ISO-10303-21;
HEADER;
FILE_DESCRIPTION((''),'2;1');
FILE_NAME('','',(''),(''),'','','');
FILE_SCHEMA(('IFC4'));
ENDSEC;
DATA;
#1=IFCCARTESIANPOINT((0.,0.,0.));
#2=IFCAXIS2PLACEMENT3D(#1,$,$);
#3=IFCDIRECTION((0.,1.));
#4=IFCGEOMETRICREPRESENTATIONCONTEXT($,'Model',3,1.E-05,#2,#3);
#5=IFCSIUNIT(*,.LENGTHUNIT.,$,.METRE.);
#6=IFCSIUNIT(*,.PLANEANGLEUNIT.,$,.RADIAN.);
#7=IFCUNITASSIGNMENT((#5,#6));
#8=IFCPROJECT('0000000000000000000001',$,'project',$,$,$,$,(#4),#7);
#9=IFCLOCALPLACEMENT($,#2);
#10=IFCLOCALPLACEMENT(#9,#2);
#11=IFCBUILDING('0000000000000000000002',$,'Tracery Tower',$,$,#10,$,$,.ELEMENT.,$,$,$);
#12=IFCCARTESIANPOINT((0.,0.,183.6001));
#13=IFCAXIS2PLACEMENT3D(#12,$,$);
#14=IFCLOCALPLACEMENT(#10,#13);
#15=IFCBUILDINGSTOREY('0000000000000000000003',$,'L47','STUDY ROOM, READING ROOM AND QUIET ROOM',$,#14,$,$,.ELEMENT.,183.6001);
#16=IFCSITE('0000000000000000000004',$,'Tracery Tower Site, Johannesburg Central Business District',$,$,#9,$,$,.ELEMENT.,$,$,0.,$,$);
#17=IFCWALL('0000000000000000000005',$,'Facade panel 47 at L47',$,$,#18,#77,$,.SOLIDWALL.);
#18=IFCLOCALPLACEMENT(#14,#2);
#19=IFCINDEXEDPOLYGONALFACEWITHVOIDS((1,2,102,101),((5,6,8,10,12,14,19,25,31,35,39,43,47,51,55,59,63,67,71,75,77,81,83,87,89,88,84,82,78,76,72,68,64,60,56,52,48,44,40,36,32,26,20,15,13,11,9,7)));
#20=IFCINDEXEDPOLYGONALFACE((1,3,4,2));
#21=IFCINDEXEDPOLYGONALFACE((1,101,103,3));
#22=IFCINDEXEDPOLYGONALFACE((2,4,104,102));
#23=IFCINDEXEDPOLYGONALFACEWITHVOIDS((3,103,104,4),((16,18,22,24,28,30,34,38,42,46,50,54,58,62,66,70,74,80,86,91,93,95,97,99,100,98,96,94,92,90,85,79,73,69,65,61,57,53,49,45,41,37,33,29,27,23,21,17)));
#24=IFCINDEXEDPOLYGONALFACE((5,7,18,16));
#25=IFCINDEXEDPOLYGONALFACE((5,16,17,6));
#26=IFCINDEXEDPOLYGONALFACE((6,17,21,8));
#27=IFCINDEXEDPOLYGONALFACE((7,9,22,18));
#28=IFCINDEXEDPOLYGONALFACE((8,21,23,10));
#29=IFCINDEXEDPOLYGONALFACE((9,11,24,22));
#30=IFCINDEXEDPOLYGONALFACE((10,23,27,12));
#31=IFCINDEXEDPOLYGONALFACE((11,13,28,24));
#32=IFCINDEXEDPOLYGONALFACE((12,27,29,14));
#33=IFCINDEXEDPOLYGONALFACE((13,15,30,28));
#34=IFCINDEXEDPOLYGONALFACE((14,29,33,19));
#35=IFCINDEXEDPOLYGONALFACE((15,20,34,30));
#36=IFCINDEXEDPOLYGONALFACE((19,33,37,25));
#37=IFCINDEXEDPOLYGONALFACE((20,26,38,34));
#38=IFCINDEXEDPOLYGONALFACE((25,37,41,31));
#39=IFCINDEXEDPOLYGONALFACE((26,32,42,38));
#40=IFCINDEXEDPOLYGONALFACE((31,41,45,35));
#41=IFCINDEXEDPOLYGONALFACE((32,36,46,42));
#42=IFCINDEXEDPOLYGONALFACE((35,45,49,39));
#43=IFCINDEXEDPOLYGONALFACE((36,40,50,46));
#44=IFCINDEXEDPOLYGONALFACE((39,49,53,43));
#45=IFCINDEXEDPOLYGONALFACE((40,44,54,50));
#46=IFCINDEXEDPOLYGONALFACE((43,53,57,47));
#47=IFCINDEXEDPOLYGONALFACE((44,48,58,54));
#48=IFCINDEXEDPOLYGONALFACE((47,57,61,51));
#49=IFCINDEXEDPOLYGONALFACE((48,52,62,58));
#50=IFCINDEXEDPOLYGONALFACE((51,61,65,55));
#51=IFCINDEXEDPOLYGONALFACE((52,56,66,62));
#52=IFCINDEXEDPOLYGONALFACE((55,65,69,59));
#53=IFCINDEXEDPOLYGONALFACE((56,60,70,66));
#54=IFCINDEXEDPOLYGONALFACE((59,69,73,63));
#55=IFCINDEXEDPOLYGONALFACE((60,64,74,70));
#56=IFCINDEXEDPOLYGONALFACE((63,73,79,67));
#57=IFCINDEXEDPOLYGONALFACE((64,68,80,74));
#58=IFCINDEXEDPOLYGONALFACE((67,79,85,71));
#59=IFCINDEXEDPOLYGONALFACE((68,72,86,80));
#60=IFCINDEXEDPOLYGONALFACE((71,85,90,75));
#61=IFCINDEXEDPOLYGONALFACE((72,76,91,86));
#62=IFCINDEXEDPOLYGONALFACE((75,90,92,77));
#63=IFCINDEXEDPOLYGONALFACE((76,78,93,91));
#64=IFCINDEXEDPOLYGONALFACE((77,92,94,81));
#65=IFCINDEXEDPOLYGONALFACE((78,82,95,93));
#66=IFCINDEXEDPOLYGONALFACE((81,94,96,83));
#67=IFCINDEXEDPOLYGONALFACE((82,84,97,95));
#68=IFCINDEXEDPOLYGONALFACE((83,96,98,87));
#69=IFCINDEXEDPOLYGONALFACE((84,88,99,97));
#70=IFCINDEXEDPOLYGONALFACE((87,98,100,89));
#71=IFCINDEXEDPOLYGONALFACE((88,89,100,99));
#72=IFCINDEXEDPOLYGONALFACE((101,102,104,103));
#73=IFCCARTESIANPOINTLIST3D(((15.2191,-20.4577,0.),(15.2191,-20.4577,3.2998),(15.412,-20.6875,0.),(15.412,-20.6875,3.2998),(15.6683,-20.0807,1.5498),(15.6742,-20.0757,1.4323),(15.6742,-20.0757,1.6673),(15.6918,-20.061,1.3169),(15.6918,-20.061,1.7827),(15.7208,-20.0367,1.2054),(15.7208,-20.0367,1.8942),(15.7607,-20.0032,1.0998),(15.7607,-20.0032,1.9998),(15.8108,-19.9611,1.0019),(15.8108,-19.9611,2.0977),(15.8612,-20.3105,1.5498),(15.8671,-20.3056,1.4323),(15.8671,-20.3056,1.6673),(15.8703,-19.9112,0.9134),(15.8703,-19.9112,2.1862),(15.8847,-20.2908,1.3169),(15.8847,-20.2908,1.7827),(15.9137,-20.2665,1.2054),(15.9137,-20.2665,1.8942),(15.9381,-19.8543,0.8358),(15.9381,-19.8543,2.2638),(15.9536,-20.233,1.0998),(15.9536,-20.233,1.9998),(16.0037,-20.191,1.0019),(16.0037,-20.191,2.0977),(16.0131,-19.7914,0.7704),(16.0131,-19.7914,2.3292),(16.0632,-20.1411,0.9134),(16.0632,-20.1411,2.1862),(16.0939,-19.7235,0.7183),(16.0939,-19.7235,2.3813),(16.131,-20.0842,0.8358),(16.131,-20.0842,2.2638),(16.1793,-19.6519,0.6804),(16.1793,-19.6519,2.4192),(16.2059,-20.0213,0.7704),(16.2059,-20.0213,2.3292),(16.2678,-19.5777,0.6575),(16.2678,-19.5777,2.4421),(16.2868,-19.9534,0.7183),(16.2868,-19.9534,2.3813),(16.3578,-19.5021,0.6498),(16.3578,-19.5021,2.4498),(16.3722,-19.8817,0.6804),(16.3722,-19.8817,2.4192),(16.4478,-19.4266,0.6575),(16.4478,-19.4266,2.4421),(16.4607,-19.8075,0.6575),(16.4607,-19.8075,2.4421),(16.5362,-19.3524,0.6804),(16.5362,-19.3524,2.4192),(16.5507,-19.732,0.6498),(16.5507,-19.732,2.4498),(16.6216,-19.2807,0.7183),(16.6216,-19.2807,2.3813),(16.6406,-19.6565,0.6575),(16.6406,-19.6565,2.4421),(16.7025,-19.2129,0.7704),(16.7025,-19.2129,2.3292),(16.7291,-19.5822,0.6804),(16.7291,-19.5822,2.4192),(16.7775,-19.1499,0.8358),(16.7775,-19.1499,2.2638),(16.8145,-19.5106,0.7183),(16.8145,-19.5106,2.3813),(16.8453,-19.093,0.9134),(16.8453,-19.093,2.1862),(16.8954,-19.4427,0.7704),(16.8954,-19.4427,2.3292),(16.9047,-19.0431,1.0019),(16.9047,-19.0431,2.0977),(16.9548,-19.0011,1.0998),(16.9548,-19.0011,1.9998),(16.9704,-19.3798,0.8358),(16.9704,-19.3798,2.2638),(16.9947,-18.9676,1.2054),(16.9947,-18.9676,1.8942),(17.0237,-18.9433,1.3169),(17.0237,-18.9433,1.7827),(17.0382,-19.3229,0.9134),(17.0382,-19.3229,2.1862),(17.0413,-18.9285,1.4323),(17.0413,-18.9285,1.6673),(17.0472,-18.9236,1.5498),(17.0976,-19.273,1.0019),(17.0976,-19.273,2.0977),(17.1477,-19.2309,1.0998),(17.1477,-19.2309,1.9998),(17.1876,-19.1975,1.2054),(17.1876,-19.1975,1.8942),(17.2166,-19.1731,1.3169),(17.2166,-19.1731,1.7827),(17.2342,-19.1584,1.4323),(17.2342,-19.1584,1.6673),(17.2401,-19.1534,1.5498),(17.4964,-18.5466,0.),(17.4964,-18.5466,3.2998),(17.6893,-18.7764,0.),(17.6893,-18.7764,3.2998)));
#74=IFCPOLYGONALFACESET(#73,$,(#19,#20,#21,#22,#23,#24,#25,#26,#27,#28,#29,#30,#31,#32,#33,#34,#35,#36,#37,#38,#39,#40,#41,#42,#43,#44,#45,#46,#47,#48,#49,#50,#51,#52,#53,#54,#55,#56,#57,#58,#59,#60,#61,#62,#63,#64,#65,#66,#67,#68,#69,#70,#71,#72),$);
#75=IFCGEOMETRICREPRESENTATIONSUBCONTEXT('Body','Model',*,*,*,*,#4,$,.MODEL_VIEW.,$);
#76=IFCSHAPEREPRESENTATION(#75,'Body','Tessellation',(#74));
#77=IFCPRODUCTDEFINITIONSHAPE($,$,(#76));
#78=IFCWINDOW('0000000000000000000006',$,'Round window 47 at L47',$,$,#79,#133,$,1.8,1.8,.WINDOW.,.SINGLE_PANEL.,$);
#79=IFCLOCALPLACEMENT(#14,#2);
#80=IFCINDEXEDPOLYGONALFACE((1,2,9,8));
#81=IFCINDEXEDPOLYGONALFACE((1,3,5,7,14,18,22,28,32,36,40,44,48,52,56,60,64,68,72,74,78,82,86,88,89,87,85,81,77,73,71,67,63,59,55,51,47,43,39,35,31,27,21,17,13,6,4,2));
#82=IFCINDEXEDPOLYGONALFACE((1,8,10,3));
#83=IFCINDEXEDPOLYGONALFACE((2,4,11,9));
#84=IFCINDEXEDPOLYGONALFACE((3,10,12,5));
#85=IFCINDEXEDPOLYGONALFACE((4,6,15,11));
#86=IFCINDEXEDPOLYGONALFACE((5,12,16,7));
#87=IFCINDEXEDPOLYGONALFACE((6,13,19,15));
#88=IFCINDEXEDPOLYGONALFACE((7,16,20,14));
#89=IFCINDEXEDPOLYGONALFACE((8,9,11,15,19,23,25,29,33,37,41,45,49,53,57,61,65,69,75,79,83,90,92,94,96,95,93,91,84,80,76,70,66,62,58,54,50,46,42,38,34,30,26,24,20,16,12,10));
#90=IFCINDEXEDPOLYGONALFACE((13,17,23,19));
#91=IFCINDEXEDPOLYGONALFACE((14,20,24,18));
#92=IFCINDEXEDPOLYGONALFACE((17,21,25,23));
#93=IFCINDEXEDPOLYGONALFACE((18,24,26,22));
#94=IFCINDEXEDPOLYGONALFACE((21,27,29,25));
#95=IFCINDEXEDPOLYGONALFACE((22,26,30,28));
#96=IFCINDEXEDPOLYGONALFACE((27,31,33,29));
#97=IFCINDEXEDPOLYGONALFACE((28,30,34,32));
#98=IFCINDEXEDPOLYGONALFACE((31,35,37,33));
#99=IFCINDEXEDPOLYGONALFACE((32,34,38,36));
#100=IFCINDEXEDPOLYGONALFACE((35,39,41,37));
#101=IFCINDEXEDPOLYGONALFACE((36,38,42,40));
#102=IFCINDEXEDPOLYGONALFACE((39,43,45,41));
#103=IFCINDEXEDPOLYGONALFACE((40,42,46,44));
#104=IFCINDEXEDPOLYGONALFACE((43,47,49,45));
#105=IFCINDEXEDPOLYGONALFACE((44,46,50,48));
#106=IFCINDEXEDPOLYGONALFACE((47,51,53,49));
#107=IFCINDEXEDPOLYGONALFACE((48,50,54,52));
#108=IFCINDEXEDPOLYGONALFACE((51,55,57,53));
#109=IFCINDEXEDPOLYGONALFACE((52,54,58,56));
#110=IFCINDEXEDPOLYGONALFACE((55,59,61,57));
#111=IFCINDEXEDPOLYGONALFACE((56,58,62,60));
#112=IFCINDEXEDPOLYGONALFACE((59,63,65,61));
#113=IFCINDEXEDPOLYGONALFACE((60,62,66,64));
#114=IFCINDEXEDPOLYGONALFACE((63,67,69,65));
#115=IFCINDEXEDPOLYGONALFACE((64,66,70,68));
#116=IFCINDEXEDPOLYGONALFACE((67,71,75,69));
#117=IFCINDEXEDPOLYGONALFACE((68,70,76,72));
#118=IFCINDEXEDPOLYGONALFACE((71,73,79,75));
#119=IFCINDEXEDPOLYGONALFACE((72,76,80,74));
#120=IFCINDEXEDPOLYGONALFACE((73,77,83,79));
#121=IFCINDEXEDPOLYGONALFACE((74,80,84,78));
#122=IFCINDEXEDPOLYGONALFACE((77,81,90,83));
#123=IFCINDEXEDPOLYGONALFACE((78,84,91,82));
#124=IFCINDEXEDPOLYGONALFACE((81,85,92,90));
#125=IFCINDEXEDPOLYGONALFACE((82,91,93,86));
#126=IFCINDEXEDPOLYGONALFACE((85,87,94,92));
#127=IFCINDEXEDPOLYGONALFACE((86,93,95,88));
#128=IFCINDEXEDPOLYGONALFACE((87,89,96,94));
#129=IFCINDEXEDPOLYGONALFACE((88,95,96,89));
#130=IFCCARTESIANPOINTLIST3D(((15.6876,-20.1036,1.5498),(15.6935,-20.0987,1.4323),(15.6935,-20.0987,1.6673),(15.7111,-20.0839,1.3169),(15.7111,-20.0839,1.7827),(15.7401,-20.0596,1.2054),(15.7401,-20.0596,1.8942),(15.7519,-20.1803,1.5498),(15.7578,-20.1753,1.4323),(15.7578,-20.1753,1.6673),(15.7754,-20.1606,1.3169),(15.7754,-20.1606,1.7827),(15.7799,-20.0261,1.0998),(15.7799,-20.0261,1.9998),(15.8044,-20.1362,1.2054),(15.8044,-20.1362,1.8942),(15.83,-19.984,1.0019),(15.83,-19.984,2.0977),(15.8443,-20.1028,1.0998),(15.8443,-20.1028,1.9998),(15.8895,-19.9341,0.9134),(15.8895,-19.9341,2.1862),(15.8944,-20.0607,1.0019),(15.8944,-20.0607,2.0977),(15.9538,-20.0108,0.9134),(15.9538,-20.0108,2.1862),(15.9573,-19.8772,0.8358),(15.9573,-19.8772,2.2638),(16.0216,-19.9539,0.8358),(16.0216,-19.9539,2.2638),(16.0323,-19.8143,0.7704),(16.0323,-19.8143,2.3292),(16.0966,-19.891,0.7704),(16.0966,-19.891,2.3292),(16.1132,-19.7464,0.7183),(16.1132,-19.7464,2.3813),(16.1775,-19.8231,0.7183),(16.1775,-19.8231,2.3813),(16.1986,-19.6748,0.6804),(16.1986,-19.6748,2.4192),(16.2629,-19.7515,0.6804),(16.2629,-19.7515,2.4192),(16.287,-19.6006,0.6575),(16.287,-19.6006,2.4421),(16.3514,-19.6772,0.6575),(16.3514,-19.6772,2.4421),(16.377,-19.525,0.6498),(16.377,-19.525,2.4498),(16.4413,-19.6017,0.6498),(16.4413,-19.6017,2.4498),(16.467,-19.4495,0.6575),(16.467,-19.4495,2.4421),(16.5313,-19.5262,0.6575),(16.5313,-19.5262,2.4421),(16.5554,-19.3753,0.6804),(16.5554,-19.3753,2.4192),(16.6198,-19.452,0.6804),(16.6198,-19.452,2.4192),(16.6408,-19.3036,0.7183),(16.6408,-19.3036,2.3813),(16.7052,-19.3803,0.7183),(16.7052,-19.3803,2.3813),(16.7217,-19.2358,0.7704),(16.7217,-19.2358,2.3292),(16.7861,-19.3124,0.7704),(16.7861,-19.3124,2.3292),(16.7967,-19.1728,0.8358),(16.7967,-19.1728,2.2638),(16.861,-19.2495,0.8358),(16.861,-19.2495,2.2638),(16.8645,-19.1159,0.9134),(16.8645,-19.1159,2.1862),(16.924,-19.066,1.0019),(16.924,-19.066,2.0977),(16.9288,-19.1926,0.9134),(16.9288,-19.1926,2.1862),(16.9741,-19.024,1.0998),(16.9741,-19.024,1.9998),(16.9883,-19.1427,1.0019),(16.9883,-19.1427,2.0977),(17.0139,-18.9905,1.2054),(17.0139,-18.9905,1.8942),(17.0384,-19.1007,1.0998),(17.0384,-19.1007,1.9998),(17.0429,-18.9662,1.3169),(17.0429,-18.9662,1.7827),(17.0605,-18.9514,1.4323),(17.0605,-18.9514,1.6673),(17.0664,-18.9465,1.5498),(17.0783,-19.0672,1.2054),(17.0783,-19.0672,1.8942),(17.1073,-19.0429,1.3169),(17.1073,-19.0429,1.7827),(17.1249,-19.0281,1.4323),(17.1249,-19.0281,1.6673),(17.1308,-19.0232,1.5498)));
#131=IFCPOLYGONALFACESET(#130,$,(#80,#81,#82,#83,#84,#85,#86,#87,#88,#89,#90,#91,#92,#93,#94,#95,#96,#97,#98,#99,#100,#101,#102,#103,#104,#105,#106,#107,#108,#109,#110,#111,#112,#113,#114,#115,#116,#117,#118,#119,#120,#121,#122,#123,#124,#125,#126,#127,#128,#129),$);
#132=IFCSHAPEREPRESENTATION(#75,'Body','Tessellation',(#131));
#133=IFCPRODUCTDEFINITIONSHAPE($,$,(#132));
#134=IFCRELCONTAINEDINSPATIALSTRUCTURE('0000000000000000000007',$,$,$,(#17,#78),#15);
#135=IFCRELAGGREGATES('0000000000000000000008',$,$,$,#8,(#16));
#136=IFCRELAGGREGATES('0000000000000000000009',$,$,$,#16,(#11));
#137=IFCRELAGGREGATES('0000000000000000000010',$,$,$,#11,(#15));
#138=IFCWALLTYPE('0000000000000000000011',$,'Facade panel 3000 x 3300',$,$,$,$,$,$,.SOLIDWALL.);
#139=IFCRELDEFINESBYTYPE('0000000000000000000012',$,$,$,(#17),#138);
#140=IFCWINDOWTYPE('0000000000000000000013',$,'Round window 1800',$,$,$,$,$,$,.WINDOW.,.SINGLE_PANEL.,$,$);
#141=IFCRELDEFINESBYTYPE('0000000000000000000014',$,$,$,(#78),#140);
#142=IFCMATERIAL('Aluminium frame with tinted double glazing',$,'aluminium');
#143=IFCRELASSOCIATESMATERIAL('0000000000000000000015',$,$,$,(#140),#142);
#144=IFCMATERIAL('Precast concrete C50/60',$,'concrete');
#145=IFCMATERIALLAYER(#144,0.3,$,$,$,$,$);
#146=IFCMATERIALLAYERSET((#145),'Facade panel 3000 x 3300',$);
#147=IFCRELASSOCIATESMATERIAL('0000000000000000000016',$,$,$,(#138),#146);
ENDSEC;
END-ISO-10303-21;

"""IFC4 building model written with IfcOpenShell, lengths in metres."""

from ifc_helpers import new_model, si_unit, direction, frame, frame_2d, origin, origin_2d, place, context, subcontext, project, spatial, rectangle, circle, extrude, material, layer, layer_set, type_object, element, fill, save


model = new_model("IFC4")

# Units and contexts
model_context = context("Model", 3, precision=1e-05, world=origin(), true_north=direction((0.0, 1.0)))
body_context = subcontext(model_context, "Body", "Model", "MODEL_VIEW")
ifc_project = project(units=[si_unit("LENGTHUNIT", "METRE"), si_unit("PLANEANGLEUNIT", "RADIAN")], contexts=[model_context])

# Site, building, storey
site_placement = place(None, origin())
site = spatial("IfcSite", under=ifc_project, at=site_placement, Name="Tracery Tower Site, Johannesburg Central Business District", CompositionType="ELEMENT", RefElevation=0.0)
building_placement = place(site_placement, origin())
building = spatial("IfcBuilding", under=site, at=building_placement, Name="Tracery Tower", CompositionType="ELEMENT")
storey_placement = place(building_placement, frame((0.0, 0.0, 183.6001)))
storey = spatial("IfcBuildingStorey", under=building, at=storey_placement, Name="L47", Description="STUDY ROOM, READING ROOM AND QUIET ROOM", CompositionType="ELEMENT", Elevation=183.6001)

# Wall, opening, window
ifc_material_1 = material(Name="Aluminium frame with tinted double glazing", Category="aluminium")
window_type = type_object("IfcWindowType", Name="Round window 1800", PartitioningType="SINGLE_PANEL", PredefinedType="WINDOW", material=ifc_material_1)
ifc_material_2 = material(Name="Precast concrete C50/60", Category="concrete")
ifc_layer_1 = layer(ifc_material_2, 0.3)
ifc_layer_set_1 = layer_set([ifc_layer_1], Name="Facade panel 3000 x 3300")
wall_type_1 = type_object("IfcWallType", Name="Facade panel 3000 x 3300", PredefinedType="SOLIDWALL", material=ifc_layer_set_1)
wall_1_placement = place(storey_placement, frame((15.3157, -20.5725, 0.0), z_axis=(0.0, 0.0, 1.0), x_axis=(0.766009, 0.64283, 0.0)))
wall_1 = element("IfcWall", 1, at=wall_1_placement, inside=storey, type_object=wall_type_1, Name="Facade panel 47 at L47", PredefinedType="SOLIDWALL", context=body_context, shape_type="SweptSolid", body=[
    extrude(rectangle(XDim=2.9729, YDim=0.3, at=frame_2d((1.4863, 0.0))), origin(), (0.0, 0.0, 1.0), 3.2998),
])
opening_1_placement = place(wall_1_placement, frame((1.4863, 0.0, 1.5498)))
opening_1 = element("IfcOpeningElement", 2, at=opening_1_placement, cuts=wall_1, PredefinedType="OPENING", context=body_context, shape_type="SweptSolid", body=[
    extrude(circle(Radius=0.9, at=origin_2d()), frame((0.0, 0.1599, 0.0), z_axis=(0.0, -1.0, 0.0), x_axis=(1.0, 0.0, 0.0)), (0.0, 0.0, 1.0), 0.3201),
])
window_1_placement = place(opening_1_placement, origin())
window_1 = element("IfcWindow", 3, at=window_1_placement, inside=storey, type_object=window_type, Name="Round window 47 at L47", OverallHeight=1.8, OverallWidth=1.8, PartitioningType="SINGLE_PANEL", PredefinedType="WINDOW", context=body_context, shape_type="SweptSolid", body=[
    extrude(circle(Radius=0.9, at=origin_2d()), frame((0.0, 0.1201, 0.0), z_axis=(0.0, -1.0, 0.0), x_axis=(1.0, 0.0, 0.0)), (0.0, 0.0, 1.0), 0.1001),
])
fill(opening_1, window_1)

save(model, "model.ifc")
